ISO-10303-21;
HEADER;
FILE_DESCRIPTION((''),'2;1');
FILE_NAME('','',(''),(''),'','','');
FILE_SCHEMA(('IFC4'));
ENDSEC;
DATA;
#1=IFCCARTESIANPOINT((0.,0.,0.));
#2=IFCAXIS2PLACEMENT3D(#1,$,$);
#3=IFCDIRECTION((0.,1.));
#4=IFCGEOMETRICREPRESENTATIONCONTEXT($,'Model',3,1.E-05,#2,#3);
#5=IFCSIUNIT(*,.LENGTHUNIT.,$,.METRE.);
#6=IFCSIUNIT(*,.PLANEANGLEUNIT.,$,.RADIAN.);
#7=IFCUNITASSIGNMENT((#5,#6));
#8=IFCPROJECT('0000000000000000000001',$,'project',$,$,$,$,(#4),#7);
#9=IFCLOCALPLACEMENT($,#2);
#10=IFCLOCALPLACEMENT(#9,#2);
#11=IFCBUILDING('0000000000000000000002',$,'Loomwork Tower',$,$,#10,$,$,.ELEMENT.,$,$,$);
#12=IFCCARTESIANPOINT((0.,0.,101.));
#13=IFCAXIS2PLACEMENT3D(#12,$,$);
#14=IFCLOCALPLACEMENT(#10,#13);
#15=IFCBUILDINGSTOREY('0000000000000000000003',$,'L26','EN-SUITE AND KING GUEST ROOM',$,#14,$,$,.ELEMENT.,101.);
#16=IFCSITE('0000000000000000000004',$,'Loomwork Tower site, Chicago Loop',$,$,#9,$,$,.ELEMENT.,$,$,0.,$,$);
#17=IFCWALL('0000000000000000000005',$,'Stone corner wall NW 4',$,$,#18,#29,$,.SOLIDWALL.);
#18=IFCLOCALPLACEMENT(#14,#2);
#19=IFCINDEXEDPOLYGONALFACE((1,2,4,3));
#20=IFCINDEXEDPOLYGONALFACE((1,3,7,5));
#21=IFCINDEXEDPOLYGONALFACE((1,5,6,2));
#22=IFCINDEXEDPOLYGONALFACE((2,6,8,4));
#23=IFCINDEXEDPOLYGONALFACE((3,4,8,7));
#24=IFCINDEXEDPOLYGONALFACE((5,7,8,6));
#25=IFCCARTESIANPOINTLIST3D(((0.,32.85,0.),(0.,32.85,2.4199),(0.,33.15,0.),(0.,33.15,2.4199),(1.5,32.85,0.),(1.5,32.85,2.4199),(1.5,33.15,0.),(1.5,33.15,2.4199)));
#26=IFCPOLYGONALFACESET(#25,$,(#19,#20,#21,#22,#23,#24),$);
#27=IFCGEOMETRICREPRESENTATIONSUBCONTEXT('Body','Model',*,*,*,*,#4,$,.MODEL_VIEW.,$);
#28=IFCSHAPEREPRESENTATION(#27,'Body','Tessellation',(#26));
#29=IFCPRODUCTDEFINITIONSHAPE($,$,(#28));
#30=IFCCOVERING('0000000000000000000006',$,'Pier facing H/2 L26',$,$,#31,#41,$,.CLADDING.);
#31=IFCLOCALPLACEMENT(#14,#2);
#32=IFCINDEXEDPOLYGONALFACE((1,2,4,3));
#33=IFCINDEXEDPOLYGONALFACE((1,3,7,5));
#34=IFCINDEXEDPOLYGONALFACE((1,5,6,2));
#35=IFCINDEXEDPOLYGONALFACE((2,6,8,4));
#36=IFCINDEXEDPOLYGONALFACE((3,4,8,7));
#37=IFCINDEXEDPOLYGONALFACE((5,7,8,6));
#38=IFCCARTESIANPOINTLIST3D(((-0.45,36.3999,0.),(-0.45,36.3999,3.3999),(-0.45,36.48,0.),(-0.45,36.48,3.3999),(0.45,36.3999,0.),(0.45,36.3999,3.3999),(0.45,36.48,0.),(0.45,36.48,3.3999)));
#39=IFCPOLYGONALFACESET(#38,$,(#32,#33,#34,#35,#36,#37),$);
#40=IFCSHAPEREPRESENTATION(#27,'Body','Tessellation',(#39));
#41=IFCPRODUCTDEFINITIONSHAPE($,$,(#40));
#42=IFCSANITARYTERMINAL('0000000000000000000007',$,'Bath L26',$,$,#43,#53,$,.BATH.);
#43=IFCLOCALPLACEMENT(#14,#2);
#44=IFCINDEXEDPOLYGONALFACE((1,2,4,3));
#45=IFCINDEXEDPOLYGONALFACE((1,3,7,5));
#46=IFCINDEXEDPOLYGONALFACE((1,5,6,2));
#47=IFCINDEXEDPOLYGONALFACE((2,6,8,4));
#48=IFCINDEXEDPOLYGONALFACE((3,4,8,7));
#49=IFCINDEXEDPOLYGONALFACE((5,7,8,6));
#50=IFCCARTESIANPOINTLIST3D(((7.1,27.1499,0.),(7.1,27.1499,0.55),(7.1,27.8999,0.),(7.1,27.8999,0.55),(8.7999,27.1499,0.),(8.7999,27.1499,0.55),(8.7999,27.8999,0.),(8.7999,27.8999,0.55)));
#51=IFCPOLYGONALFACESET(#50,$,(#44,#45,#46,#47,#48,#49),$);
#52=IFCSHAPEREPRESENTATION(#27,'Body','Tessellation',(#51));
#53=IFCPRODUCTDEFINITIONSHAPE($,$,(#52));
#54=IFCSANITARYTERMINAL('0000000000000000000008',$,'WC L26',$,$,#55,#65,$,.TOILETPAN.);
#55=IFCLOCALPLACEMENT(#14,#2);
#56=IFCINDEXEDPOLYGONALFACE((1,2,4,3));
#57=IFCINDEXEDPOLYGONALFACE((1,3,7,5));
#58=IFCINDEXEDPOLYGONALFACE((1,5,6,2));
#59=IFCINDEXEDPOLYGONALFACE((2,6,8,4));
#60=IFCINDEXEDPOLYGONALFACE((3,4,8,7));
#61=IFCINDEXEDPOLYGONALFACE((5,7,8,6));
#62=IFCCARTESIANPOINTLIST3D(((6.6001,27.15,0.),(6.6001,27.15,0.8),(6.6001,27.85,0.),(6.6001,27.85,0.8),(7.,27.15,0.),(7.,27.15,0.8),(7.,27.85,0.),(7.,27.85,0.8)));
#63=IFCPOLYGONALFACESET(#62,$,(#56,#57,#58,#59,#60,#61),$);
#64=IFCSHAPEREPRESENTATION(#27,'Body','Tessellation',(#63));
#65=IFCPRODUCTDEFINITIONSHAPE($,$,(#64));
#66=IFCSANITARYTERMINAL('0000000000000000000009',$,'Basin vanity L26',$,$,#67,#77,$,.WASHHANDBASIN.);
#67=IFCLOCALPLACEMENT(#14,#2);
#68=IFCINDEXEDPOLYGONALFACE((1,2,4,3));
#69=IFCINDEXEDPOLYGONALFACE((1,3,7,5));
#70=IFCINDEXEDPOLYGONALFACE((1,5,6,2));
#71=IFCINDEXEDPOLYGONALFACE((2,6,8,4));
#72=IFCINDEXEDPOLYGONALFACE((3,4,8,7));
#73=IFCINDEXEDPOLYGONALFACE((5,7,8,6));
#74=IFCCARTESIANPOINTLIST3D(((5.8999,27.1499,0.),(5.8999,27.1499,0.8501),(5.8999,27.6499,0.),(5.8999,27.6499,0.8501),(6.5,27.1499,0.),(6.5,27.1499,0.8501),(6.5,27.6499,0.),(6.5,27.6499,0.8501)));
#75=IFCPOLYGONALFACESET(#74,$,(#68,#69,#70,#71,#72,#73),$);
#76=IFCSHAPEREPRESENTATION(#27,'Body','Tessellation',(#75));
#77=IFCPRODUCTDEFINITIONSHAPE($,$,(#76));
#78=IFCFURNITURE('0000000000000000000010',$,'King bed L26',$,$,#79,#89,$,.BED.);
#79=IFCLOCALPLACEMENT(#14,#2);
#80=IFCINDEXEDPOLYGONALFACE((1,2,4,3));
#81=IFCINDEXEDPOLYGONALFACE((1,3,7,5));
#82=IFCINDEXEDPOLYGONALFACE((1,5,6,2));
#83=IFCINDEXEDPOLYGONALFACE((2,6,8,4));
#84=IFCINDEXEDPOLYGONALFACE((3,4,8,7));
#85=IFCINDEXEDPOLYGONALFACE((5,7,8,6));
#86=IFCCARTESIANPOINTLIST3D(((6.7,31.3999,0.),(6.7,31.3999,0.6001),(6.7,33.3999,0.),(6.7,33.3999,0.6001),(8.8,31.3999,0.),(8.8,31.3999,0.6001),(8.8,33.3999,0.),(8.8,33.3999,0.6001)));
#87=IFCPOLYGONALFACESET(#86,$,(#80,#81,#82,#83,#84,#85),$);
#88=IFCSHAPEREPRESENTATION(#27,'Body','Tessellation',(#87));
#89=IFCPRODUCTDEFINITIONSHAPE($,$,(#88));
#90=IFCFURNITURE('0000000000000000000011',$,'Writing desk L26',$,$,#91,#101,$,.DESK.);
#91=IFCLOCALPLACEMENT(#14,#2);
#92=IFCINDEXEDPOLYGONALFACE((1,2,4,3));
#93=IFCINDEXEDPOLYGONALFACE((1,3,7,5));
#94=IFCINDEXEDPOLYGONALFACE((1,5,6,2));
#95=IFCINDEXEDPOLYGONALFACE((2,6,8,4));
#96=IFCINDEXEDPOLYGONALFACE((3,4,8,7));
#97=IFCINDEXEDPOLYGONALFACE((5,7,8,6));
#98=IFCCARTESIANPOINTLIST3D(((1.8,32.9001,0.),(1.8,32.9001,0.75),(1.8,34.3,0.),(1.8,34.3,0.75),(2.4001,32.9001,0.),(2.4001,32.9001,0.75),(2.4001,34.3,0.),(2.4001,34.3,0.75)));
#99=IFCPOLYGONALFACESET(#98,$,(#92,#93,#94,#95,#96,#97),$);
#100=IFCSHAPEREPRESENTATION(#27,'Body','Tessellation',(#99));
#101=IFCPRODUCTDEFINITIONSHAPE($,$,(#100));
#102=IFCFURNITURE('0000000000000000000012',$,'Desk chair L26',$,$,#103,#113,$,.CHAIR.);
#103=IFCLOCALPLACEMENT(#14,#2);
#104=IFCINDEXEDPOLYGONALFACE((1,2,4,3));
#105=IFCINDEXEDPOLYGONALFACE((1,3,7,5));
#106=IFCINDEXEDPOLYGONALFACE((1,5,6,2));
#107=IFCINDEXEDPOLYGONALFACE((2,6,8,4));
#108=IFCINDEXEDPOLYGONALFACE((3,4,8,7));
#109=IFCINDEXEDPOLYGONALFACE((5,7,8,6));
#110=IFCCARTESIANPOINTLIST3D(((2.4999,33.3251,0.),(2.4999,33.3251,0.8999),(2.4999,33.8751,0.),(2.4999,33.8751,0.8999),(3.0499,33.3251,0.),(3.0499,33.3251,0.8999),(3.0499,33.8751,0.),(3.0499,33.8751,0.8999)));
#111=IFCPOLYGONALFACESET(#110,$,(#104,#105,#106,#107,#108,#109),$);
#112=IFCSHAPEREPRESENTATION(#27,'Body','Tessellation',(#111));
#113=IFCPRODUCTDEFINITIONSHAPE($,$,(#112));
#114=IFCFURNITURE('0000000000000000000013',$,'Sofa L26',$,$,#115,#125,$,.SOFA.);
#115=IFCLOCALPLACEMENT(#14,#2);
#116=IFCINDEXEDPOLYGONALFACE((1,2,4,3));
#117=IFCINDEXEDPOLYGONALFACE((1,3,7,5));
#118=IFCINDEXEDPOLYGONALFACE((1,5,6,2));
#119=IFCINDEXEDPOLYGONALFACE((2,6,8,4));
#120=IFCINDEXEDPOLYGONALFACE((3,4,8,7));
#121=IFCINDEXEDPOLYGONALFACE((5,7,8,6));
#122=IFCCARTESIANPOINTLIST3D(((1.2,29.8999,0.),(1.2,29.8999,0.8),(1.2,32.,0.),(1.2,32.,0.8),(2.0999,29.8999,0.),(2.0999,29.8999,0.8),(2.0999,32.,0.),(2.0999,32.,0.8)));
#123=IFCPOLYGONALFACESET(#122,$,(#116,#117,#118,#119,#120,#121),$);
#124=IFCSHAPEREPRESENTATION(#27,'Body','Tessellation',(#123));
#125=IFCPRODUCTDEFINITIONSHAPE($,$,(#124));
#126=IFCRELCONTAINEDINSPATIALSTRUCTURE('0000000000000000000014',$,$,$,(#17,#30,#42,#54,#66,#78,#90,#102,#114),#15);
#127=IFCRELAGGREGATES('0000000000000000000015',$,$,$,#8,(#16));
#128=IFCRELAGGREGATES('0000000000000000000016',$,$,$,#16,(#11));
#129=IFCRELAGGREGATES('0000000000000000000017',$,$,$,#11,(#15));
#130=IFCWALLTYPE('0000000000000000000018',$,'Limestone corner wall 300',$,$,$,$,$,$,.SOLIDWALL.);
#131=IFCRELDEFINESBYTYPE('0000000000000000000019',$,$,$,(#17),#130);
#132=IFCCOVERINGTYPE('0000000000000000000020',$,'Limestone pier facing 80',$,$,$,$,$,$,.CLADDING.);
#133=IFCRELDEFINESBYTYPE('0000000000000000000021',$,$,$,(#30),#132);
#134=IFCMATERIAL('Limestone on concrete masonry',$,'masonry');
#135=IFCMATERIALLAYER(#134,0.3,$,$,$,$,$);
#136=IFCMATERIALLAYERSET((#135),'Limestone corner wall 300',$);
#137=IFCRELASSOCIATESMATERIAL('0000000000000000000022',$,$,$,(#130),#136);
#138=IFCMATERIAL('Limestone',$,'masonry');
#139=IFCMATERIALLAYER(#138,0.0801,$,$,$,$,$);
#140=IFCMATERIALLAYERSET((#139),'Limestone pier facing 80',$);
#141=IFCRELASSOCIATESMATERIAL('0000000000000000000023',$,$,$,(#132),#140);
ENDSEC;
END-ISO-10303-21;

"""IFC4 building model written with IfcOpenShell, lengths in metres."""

from ifc_helpers import new_model, si_unit, direction, frame, frame_2d, origin, origin_2d, place, context, subcontext, project, spatial, rectangle, extrude, material, layer, layer_set, type_object, element, save


model = new_model("IFC4")

# Units and contexts
model_context = context("Model", 3, precision=1e-05, world=origin(), true_north=direction((0.0, 1.0)))
body_context = subcontext(model_context, "Body", "Model", "MODEL_VIEW")
ifc_project = project(units=[si_unit("LENGTHUNIT", "METRE"), si_unit("PLANEANGLEUNIT", "RADIAN")], contexts=[model_context])

# Site, building, storey
site_placement = place(None, origin())
site = spatial("IfcSite", under=ifc_project, at=site_placement, Name="Loomwork Tower site, Chicago Loop", CompositionType="ELEMENT", RefElevation=0.0)
building_placement = place(site_placement, origin())
building = spatial("IfcBuilding", under=site, at=building_placement, Name="Loomwork Tower", CompositionType="ELEMENT")
storey_placement = place(building_placement, frame((0.0, 0.0, 101.0)))
storey = spatial("IfcBuildingStorey", under=building, at=storey_placement, Name="L26", Description="EN-SUITE AND KING GUEST ROOM", CompositionType="ELEMENT", Elevation=101.0)

# Shared definitions
ifc_material_1 = material(Name="Limestone on concrete masonry", Category="masonry")
ifc_layer_1 = layer(ifc_material_1, 0.3)
ifc_layer_set_1 = layer_set([ifc_layer_1], Name="Limestone corner wall 300")
wall_type_1 = type_object("IfcWallType", Name="Limestone corner wall 300", PredefinedType="SOLIDWALL", material=ifc_layer_set_1)

# Wall
wall_1_placement = place(storey_placement, frame((1.5, 33.0, 0.0), z_axis=(0.0, 0.0, 1.0), x_axis=(-1.0, 0.0, 0.0)))
element("IfcWall", 1, at=wall_1_placement, inside=storey, type_object=wall_type_1, Name="Stone corner wall NW 4", PredefinedType="SOLIDWALL", context=body_context, shape_type="SweptSolid", body=[
    extrude(rectangle(XDim=1.5, YDim=0.3, at=frame_2d((0.75, 0.0))), origin(), (0.0, 0.0, 1.0), 2.4199),
])

# Covering
ifc_material_2 = material(Name="Limestone", Category="masonry")
ifc_layer_2 = layer(ifc_material_2, 0.0801)
ifc_layer_set_2 = layer_set([ifc_layer_2], Name="Limestone pier facing 80")
covering_type = type_object("IfcCoveringType", Name="Limestone pier facing 80", PredefinedType="CLADDING", material=ifc_layer_set_2)
covering_placement = place(storey_placement, frame((0.0, 36.4399, 0.0), z_axis=(0.0, 0.0, 1.0), x_axis=(1.0, 0.0, 0.0)))
element("IfcCovering", 2, at=covering_placement, inside=storey, type_object=covering_type, Name="Pier facing H/2 L26", PredefinedType="CLADDING", context=body_context, shape_type="SweptSolid", body=[
    extrude(rectangle(XDim=0.8999, YDim=0.0801, at=origin_2d()), origin(), (0.0, 0.0, 1.0), 3.3999),
])

# Sanitary terminals
sanitary_terminal_1_placement = place(storey_placement, frame((7.95, 27.5249, 0.0), z_axis=(0.0, 0.0, 1.0), x_axis=(1.0, 0.0, 0.0)))
element("IfcSanitaryTerminal", 3, at=sanitary_terminal_1_placement, inside=storey, Name="Bath L26", PredefinedType="BATH", context=body_context, shape_type="SweptSolid", body=[
    extrude(rectangle(XDim=1.7, YDim=0.75, at=origin_2d()), origin(), (0.0, 0.0, 1.0), 0.55),
])
sanitary_terminal_2_placement = place(storey_placement, frame((6.8, 27.5, 0.0), z_axis=(0.0, 0.0, 1.0), x_axis=(1.0, 0.0, 0.0)))
element("IfcSanitaryTerminal", 4, at=sanitary_terminal_2_placement, inside=storey, Name="WC L26", PredefinedType="TOILETPAN", context=body_context, shape_type="SweptSolid", body=[
    extrude(rectangle(XDim=0.3999, YDim=0.7, at=origin_2d()), origin(), (0.0, 0.0, 1.0), 0.8),
])
sanitary_terminal_3_placement = place(storey_placement, frame((6.2, 27.3999, 0.0), z_axis=(0.0, 0.0, 1.0), x_axis=(1.0, 0.0, 0.0)))
element("IfcSanitaryTerminal", 5, at=sanitary_terminal_3_placement, inside=storey, Name="Basin vanity L26", PredefinedType="WASHHANDBASIN", context=body_context, shape_type="SweptSolid", body=[
    extrude(rectangle(XDim=0.6001, YDim=0.5, at=origin_2d()), origin(), (0.0, 0.0, 1.0), 0.8501),
])

# Furniture
furniture_1_placement = place(storey_placement, frame((7.75, 32.3999, 0.0), z_axis=(0.0, 0.0, 1.0), x_axis=(1.0, 0.0, 0.0)))
element("IfcFurniture", 6, at=furniture_1_placement, inside=storey, Name="King bed L26", PredefinedType="BED", context=body_context, shape_type="SweptSolid", body=[
    extrude(rectangle(XDim=2.1001, YDim=2.0, at=origin_2d()), origin(), (0.0, 0.0, 1.0), 0.6001),
])
furniture_2_placement = place(storey_placement, frame((2.1001, 33.6001, 0.0), z_axis=(0.0, 0.0, 1.0), x_axis=(1.0, 0.0, 0.0)))
element("IfcFurniture", 7, at=furniture_2_placement, inside=storey, Name="Writing desk L26", PredefinedType="DESK", context=body_context, shape_type="SweptSolid", body=[
    extrude(rectangle(XDim=0.6001, YDim=1.3999, at=origin_2d()), origin(), (0.0, 0.0, 1.0), 0.75),
])
furniture_3_placement = place(storey_placement, frame((2.7749, 33.6001, 0.0), z_axis=(0.0, 0.0, 1.0), x_axis=(1.0, 0.0, 0.0)))
element("IfcFurniture", 8, at=furniture_3_placement, inside=storey, Name="Desk chair L26", PredefinedType="CHAIR", context=body_context, shape_type="SweptSolid", body=[
    extrude(rectangle(XDim=0.55, YDim=0.55, at=origin_2d()), origin(), (0.0, 0.0, 1.0), 0.8999),
])
furniture_4_placement = place(storey_placement, frame((1.6499, 30.95, 0.0), z_axis=(0.0, 0.0, 1.0), x_axis=(1.0, 0.0, 0.0)))
element("IfcFurniture", 9, at=furniture_4_placement, inside=storey, Name="Sofa L26", PredefinedType="SOFA", context=body_context, shape_type="SweptSolid", body=[
    extrude(rectangle(XDim=0.8999, YDim=2.1001, at=origin_2d()), origin(), (0.0, 0.0, 1.0), 0.8),
])

save(model, "model.ifc")
